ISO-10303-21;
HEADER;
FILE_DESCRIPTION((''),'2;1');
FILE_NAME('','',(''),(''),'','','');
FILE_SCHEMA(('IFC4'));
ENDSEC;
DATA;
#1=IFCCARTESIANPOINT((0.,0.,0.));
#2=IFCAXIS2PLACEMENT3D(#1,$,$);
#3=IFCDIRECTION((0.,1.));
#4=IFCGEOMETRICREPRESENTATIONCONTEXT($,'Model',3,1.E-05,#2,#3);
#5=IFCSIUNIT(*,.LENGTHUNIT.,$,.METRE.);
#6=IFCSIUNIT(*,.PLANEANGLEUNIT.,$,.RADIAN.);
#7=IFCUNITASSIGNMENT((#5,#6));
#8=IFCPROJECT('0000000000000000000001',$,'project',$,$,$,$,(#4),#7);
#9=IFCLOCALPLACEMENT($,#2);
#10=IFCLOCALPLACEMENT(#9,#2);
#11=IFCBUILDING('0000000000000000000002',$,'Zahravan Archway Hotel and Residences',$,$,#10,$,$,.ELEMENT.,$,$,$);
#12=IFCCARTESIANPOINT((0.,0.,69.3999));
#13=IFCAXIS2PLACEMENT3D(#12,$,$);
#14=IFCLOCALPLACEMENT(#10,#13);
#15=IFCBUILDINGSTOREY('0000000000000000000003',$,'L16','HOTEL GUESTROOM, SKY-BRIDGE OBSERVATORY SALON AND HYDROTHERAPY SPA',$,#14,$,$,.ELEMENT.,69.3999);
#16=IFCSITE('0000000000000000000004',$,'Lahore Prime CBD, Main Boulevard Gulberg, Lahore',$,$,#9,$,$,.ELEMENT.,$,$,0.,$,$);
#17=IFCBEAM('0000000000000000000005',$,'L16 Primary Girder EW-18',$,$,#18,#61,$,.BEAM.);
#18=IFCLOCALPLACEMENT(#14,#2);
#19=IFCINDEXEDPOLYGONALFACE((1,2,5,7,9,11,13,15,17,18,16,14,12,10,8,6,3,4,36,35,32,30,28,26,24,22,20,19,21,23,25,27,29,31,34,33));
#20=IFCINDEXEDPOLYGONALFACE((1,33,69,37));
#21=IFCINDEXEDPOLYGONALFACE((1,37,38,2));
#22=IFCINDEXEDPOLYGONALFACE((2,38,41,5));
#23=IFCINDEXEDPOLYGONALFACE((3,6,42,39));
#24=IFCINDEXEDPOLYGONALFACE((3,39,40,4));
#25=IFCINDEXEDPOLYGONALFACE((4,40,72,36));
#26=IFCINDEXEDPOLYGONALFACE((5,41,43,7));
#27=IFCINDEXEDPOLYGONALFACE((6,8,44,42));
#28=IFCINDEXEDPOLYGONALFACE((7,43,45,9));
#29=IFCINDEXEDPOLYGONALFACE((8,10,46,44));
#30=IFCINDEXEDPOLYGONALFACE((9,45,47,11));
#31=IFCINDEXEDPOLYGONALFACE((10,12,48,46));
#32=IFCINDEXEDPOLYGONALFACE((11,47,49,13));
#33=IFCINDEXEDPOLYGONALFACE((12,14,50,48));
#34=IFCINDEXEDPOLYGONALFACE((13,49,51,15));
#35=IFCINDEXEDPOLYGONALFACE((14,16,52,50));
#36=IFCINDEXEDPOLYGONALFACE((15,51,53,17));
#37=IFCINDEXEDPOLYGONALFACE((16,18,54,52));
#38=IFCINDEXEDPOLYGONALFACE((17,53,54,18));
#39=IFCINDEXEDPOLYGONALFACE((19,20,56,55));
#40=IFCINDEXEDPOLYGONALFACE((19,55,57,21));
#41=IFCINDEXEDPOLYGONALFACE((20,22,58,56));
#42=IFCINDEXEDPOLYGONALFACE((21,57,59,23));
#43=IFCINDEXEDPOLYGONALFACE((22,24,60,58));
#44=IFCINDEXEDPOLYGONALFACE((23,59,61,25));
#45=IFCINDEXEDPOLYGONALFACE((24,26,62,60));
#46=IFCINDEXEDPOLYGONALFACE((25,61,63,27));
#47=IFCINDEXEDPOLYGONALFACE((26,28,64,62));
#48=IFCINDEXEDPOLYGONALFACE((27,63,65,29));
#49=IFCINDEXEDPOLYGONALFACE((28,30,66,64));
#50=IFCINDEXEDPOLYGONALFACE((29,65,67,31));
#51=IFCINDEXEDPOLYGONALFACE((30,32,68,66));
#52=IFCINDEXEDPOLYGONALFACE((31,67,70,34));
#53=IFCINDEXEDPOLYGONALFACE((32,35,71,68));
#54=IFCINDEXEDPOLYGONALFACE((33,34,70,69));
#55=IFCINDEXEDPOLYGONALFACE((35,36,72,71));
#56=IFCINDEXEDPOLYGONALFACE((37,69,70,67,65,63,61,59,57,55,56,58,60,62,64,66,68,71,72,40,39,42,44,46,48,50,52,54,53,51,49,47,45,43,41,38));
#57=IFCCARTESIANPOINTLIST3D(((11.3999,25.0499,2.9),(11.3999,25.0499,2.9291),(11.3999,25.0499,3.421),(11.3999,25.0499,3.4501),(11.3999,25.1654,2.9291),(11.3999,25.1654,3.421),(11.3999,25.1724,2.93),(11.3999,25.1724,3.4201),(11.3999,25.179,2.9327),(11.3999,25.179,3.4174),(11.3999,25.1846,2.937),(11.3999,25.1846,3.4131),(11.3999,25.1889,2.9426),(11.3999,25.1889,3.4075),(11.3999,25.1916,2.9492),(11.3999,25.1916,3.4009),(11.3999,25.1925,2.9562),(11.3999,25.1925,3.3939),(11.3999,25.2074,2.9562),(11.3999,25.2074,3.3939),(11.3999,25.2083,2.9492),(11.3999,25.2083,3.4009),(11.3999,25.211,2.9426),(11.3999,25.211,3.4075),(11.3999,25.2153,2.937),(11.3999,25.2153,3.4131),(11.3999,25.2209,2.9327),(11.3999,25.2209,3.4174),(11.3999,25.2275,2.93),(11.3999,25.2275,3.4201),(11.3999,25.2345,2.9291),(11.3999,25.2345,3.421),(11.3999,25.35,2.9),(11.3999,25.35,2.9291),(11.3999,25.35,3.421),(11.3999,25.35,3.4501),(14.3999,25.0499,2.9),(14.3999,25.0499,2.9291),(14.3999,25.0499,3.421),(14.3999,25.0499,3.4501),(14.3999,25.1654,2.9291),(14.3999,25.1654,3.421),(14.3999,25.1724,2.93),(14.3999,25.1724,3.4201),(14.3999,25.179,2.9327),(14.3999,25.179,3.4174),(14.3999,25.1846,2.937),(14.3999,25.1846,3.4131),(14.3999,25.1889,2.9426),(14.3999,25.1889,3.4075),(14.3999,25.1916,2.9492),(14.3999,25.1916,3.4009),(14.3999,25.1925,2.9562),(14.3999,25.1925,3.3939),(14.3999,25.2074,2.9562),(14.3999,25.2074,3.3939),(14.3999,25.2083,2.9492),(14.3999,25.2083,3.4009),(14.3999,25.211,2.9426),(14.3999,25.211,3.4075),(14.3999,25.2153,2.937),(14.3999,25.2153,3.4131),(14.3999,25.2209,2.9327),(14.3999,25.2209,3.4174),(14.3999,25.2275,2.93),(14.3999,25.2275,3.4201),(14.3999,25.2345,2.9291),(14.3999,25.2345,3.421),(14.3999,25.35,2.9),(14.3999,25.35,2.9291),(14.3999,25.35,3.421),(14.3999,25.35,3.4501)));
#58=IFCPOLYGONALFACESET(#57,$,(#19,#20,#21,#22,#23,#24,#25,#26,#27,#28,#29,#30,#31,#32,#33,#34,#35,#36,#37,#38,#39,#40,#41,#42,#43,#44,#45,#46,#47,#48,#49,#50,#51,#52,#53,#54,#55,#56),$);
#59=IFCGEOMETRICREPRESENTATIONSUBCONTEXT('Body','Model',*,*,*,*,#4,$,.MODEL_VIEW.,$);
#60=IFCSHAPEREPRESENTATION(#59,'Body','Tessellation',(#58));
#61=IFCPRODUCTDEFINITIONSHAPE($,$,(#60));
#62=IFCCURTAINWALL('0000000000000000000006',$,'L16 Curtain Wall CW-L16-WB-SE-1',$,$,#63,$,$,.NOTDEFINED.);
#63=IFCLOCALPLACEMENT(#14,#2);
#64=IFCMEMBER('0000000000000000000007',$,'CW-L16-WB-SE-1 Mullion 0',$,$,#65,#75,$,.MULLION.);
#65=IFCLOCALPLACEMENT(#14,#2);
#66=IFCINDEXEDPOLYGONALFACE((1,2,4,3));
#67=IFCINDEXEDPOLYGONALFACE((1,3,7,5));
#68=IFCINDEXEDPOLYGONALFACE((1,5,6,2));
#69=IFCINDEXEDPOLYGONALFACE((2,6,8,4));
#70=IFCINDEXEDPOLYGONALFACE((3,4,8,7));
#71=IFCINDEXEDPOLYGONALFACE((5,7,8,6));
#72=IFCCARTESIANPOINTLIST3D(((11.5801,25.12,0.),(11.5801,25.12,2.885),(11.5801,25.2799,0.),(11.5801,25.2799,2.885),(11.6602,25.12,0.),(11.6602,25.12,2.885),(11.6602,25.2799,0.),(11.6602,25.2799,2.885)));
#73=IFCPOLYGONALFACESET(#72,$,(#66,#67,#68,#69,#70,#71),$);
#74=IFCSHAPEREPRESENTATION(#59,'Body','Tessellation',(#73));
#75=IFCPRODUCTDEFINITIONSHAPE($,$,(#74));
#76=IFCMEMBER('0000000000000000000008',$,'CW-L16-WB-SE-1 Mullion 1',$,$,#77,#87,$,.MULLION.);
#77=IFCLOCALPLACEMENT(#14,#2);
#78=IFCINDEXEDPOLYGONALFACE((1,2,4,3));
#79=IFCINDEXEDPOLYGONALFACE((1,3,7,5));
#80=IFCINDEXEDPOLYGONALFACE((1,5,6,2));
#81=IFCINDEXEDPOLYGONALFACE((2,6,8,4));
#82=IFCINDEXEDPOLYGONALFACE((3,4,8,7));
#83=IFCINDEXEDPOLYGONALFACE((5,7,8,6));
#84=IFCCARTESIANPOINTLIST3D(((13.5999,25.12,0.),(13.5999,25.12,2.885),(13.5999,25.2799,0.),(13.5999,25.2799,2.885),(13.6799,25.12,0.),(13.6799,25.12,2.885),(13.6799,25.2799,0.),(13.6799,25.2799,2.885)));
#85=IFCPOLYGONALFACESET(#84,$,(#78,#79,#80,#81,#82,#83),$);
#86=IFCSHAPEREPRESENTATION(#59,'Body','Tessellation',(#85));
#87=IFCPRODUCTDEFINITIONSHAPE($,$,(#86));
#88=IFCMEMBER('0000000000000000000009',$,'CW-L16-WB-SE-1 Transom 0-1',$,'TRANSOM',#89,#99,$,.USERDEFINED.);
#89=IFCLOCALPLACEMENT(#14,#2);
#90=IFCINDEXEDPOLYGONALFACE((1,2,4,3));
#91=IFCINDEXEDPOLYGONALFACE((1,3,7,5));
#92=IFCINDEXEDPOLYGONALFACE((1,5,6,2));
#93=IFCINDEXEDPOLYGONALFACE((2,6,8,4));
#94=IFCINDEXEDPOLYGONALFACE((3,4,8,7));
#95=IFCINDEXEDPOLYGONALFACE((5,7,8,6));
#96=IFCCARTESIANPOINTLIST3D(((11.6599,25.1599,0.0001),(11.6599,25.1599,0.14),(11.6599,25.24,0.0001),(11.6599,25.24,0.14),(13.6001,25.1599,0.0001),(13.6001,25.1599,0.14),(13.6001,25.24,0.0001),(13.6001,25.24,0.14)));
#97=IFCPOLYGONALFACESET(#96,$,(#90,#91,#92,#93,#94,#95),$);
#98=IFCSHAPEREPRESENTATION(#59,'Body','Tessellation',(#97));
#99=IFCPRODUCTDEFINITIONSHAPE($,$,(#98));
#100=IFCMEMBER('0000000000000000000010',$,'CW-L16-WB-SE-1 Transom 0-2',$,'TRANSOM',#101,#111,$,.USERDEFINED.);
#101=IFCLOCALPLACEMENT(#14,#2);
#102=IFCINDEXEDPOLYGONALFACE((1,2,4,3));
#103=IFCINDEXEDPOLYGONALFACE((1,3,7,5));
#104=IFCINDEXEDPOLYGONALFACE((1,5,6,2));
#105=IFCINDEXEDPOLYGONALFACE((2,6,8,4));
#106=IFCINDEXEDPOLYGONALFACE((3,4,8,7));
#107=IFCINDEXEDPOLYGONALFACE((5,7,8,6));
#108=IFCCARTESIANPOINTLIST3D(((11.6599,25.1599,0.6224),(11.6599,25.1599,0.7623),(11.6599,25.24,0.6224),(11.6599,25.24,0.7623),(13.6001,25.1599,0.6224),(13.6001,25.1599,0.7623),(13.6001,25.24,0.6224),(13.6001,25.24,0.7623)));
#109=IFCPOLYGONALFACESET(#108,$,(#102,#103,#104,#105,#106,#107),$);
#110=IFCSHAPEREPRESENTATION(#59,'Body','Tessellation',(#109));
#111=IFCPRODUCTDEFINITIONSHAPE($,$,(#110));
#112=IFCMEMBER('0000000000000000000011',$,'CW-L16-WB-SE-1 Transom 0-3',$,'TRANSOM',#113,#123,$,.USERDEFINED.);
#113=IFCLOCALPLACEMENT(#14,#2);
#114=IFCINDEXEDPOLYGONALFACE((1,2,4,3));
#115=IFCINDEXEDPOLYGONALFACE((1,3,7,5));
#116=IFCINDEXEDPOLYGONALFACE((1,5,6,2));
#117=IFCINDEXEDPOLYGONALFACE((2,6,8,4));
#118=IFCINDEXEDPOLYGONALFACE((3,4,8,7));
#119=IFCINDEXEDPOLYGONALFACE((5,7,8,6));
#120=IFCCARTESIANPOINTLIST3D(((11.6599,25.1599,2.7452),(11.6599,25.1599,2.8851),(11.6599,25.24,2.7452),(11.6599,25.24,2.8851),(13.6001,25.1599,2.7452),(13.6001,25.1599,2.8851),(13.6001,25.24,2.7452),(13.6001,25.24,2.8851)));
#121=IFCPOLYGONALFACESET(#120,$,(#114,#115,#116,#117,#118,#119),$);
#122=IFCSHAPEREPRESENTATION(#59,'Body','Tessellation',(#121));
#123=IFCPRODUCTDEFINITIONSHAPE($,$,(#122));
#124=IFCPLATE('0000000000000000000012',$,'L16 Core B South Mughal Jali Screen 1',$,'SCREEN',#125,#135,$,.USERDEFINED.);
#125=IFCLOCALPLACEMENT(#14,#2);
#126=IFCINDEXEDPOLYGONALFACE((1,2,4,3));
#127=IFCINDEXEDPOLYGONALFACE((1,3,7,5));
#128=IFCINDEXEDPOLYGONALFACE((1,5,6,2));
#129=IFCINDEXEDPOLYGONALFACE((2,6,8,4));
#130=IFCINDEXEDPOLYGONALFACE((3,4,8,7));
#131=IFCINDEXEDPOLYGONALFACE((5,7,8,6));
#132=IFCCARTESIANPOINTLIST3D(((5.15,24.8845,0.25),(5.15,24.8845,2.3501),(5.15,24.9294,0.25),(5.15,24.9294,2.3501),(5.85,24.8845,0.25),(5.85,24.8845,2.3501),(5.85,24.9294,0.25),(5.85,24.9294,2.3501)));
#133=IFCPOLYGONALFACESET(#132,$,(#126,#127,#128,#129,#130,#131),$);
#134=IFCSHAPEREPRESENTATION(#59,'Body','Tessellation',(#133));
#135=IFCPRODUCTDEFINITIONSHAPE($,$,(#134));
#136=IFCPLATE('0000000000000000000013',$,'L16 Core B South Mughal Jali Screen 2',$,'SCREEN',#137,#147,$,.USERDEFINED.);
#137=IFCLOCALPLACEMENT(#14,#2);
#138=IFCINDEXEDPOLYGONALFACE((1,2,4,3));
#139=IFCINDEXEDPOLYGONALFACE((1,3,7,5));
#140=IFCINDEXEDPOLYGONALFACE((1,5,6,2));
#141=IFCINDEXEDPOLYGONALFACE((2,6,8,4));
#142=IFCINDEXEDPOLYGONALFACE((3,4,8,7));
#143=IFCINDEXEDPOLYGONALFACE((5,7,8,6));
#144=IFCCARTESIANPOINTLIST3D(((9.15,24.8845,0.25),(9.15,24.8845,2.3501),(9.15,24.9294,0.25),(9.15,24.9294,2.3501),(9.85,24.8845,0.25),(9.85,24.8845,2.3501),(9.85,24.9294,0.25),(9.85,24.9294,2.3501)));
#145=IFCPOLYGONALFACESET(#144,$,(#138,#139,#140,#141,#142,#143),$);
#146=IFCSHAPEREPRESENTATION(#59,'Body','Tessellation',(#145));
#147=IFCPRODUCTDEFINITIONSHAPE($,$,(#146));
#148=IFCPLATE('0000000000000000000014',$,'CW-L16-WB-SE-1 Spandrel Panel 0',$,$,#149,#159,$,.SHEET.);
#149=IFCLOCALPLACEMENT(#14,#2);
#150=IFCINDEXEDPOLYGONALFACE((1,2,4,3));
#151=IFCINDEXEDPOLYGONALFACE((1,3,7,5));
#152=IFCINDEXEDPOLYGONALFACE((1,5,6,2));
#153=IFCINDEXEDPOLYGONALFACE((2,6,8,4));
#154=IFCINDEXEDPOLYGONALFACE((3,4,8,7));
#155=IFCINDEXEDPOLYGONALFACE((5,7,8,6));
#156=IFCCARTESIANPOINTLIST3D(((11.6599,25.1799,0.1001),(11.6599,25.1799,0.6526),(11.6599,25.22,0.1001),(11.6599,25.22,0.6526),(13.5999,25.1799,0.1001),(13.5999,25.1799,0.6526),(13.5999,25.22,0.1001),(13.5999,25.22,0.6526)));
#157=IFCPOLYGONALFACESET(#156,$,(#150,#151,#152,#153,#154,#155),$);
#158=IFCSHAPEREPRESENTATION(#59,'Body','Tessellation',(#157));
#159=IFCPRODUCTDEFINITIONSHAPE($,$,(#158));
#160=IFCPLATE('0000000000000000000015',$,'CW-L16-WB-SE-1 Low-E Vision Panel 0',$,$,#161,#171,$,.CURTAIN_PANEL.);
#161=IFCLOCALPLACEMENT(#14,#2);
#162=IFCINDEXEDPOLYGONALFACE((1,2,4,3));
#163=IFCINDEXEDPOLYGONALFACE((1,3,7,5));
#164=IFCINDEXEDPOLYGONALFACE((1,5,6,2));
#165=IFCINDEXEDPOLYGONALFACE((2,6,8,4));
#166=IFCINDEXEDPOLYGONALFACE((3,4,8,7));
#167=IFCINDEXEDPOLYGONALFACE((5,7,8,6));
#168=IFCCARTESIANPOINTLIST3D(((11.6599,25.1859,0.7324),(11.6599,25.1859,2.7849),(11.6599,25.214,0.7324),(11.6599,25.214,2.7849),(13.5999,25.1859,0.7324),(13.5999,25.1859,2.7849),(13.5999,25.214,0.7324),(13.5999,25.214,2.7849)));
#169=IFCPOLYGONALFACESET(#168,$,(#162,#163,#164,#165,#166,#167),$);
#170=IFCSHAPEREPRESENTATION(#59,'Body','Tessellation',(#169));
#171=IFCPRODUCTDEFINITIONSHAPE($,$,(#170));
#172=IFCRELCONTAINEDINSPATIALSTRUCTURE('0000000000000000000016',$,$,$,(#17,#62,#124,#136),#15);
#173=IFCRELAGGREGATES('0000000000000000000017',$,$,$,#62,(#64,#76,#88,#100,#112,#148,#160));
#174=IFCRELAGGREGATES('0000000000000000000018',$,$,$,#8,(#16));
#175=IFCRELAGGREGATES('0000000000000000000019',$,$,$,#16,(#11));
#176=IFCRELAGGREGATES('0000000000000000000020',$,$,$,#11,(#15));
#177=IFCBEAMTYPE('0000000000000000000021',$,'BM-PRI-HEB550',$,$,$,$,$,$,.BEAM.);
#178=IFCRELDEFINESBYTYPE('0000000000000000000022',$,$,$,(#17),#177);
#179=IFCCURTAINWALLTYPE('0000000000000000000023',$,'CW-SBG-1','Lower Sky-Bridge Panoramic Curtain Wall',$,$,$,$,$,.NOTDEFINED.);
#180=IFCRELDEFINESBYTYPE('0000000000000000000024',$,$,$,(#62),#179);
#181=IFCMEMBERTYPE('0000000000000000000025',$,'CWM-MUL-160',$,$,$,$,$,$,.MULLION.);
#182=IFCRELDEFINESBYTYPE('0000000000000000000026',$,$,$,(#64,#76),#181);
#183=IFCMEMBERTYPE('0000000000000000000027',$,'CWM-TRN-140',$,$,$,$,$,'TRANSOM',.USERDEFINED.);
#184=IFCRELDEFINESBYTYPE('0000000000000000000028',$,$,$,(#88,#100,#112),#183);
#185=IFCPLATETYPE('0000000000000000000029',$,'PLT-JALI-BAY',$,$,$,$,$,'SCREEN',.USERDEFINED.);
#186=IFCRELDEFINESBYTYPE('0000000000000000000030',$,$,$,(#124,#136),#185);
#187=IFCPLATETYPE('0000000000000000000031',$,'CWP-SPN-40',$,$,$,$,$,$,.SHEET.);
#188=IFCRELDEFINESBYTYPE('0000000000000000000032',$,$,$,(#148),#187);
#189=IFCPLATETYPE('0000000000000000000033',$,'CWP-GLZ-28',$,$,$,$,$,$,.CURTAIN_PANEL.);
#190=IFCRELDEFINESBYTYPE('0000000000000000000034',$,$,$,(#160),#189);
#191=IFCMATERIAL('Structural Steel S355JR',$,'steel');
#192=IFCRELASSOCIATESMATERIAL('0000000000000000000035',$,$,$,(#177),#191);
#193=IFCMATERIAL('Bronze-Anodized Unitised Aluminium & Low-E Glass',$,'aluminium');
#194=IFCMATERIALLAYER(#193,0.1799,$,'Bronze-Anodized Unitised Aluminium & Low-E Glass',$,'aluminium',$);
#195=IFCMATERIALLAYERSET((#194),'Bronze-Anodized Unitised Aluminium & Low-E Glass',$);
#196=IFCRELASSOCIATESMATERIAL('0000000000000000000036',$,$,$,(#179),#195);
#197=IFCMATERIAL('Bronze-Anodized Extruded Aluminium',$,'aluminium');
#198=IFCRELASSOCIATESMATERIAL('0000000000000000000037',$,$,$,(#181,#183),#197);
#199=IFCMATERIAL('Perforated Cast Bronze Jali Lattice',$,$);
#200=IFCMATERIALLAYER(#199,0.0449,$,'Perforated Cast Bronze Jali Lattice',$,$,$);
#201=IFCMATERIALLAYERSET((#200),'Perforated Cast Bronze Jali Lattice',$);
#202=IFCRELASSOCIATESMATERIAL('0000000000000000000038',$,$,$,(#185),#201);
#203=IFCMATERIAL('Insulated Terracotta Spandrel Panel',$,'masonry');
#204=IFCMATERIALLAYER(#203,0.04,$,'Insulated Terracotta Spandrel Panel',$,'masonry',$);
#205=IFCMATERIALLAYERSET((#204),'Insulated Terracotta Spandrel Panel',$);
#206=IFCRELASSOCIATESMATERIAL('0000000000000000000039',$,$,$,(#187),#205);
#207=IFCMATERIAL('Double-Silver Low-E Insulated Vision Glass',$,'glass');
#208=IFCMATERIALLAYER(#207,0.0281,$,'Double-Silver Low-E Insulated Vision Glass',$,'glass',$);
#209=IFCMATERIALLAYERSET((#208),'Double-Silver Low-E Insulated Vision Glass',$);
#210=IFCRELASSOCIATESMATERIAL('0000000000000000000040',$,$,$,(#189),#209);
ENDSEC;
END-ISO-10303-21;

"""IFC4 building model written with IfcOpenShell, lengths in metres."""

from ifc_helpers import new_model, si_unit, direction, frame, origin, origin_2d, place, context, subcontext, project, spatial, rectangle, i_section, extrude, source, transform, mapped, material, layer, layer_set, material_profile, profile_set, type_object, type_shapes, element, aggregate, save


model = new_model("IFC4")

# Units and contexts
model_context = context("Model", 3, precision=1e-05, world=origin(), true_north=direction((0.0, 1.0)))
body_context = subcontext(model_context, "Body", "Model", "MODEL_VIEW")
ifc_project = project(units=[si_unit("LENGTHUNIT", "METRE"), si_unit("PLANEANGLEUNIT", "RADIAN")], contexts=[model_context])

# Site, building, storey
site_placement = place(None, origin())
site = spatial("IfcSite", under=ifc_project, at=site_placement, Name="Lahore Prime CBD, Main Boulevard Gulberg, Lahore", CompositionType="ELEMENT", RefElevation=0.0)
building_placement = place(site_placement, origin())
building = spatial("IfcBuilding", under=site, at=building_placement, Name="Zahravan Archway Hotel and Residences", CompositionType="ELEMENT")
storey_placement = place(building_placement, frame((0.0, 0.0, 69.3999)))
storey = spatial("IfcBuildingStorey", under=building, at=storey_placement, Name="L16", Description="HOTEL GUESTROOM, SKY-BRIDGE OBSERVATORY SALON AND HYDROTHERAPY SPA", CompositionType="ELEMENT", Elevation=69.3999)

# Beam
ifc_material_1 = material(Name="Structural Steel S355JR", Category="steel")
ifc_material_profile_1 = material_profile(ifc_material_1, i_section(OverallWidth=0.3, OverallDepth=0.55, WebThickness=0.0149, FlangeThickness=0.0291, FilletRadius=0.0271, at=origin_2d()), Name="HEB 550", Category="steel")
ifc_profile_set_1 = profile_set([ifc_material_profile_1], Name="Structural Steel S355JR")
beam_type = type_object("IfcBeamType", Name="BM-PRI-HEB550", PredefinedType="BEAM", material=ifc_profile_set_1)
shared_shape_1 = source(origin(), body_context, "Body", "SweptSolid", [
    extrude(i_section(OverallWidth=0.3, OverallDepth=0.55, WebThickness=0.0149, FlangeThickness=0.0291, FilletRadius=0.0271, at=origin_2d()), origin(), (0.0, 0.0, 1.0), 3.0),
])
beam_1_placement = place(storey_placement, frame((11.3999, 25.2, 3.175), z_axis=(1.0, 0.0, 0.0), x_axis=(0.0, 1.0, 0.0)))
element("IfcBeam", 1, at=beam_1_placement, inside=storey, type_object=beam_type, Name="L16 Primary Girder EW-18", PredefinedType="BEAM", context=body_context, shape_type="MappedRepresentation", body=[
    mapped(shared_shape_1, transform((0.0, 0.0, 0.0), scale=1.0)),
])

# Curtain wall, members
ifc_material_2 = material(Name="Bronze-Anodized Unitised Aluminium & Low-E Glass", Category="aluminium")
ifc_layer_1 = layer(ifc_material_2, 0.1799, Name="Bronze-Anodized Unitised Aluminium & Low-E Glass", Category="aluminium")
ifc_layer_set_1 = layer_set([ifc_layer_1], Name="Bronze-Anodized Unitised Aluminium & Low-E Glass")
curtain_wall_type = type_object("IfcCurtainWallType", Name="CW-SBG-1", Description="Lower Sky-Bridge Panoramic Curtain Wall", PredefinedType="NOTDEFINED", material=ifc_layer_set_1)
curtain_wall_placement = place(storey_placement, origin())
curtain_wall = element("IfcCurtainWall", 2, at=curtain_wall_placement, inside=storey, type_object=curtain_wall_type, Name="L16 Curtain Wall CW-L16-WB-SE-1", PredefinedType="NOTDEFINED")
ifc_material_3 = material(Name="Bronze-Anodized Extruded Aluminium", Category="aluminium")
ifc_material_profile_2 = material_profile(ifc_material_3, rectangle(XDim=0.0801, YDim=0.1599, at=origin_2d()), Name="MUL 80x160", Category="aluminium")
ifc_profile_set_2 = profile_set([ifc_material_profile_2], Name="Bronze-Anodized Extruded Aluminium")
member_type_1 = type_object("IfcMemberType", Name="CWM-MUL-160", PredefinedType="MULLION", material=ifc_profile_set_2)
shared_shape_2 = source(origin(), body_context, "Body", "SweptSolid", [
    extrude(rectangle(XDim=0.0801, YDim=0.1599, at=origin_2d()), origin(), (0.0, 0.0, 1.0), 2.885),
])
member_1_placement = place(storey_placement, frame((11.6201, 25.2, 0.0), z_axis=(0.0, 0.0, 1.0), x_axis=(1.0, 0.0, 0.0)))
member_1 = element("IfcMember", 3, at=member_1_placement, type_object=member_type_1, Name="CW-L16-WB-SE-1 Mullion 0", PredefinedType="MULLION", context=body_context, shape_type="MappedRepresentation", body=[
    mapped(shared_shape_2, transform((0.0, 0.0, 0.0), scale=1.0)),
])
member_2_placement = place(storey_placement, frame((13.6399, 25.2, 0.0), z_axis=(0.0, 0.0, 1.0), x_axis=(1.0, 0.0, 0.0)))
member_2 = element("IfcMember", 4, at=member_2_placement, type_object=member_type_1, Name="CW-L16-WB-SE-1 Mullion 1", PredefinedType="MULLION", context=body_context, shape_type="MappedRepresentation", body=[
    mapped(shared_shape_2, transform((0.0, 0.0, 0.0), scale=1.0)),
])
ifc_material_profile_3 = material_profile(ifc_material_3, rectangle(XDim=0.0801, YDim=0.1399, at=origin_2d()), Name="TRN 80x140", Category="aluminium")
ifc_profile_set_3 = profile_set([ifc_material_profile_3], Name="Bronze-Anodized Extruded Aluminium")
member_type_2 = type_object("IfcMemberType", Name="CWM-TRN-140", ElementType="TRANSOM", PredefinedType="USERDEFINED", material=ifc_profile_set_3)
shared_shape_3 = source(origin(), body_context, "Body", "SweptSolid", [
    extrude(rectangle(XDim=0.0801, YDim=0.1399, at=origin_2d()), origin(), (0.0, 0.0, 1.0), 1.9402),
])
member_3_placement = place(storey_placement, frame((11.6599, 25.2, 0.0701), z_axis=(1.0, 0.0, 0.0), x_axis=(0.0, 1.0, 0.0)))
member_3 = element("IfcMember", 5, at=member_3_placement, type_object=member_type_2, Name="CW-L16-WB-SE-1 Transom 0-1", ObjectType="TRANSOM", PredefinedType="USERDEFINED", context=body_context, shape_type="MappedRepresentation", body=[
    mapped(shared_shape_3, transform((0.0, 0.0, 0.0), scale=1.0)),
])
member_4_placement = place(storey_placement, frame((11.6599, 25.2, 0.6924), z_axis=(1.0, 0.0, 0.0), x_axis=(0.0, 1.0, 0.0)))
member_4 = element("IfcMember", 6, at=member_4_placement, type_object=member_type_2, Name="CW-L16-WB-SE-1 Transom 0-2", ObjectType="TRANSOM", PredefinedType="USERDEFINED", context=body_context, shape_type="MappedRepresentation", body=[
    mapped(shared_shape_3, transform((0.0, 0.0, 0.0), scale=1.0)),
])
member_5_placement = place(storey_placement, frame((11.6599, 25.2, 2.8152), z_axis=(1.0, 0.0, 0.0), x_axis=(0.0, 1.0, 0.0)))
member_5 = element("IfcMember", 7, at=member_5_placement, type_object=member_type_2, Name="CW-L16-WB-SE-1 Transom 0-3", ObjectType="TRANSOM", PredefinedType="USERDEFINED", context=body_context, shape_type="MappedRepresentation", body=[
    mapped(shared_shape_3, transform((0.0, 0.0, 0.0), scale=1.0)),
])

# Plates
ifc_material_4 = material(Name="Perforated Cast Bronze Jali Lattice")
ifc_layer_2 = layer(ifc_material_4, 0.0449, Name="Perforated Cast Bronze Jali Lattice")
ifc_layer_set_2 = layer_set([ifc_layer_2], Name="Perforated Cast Bronze Jali Lattice")
plate_type_1 = type_object("IfcPlateType", Name="PLT-JALI-BAY", ElementType="SCREEN", PredefinedType="USERDEFINED", material=ifc_layer_set_2)
shared_shape_4 = source(origin(), body_context, "Body", "SweptSolid", [
    extrude(rectangle(XDim=0.7, YDim=0.0449, at=origin_2d()), origin(), (0.0, 0.0, 1.0), 2.1001),
])
type_shapes(plate_type_1, [shared_shape_4])
for number, where, z_axis, x_axis, name in (
    (8, (5.5, 24.907, 0.25), (0.0, 0.0, 1.0), (1.0, 0.0, 0.0), "L16 Core B South Mughal Jali Screen 1"),
    (9, (9.5, 24.907, 0.25), (0.0, 0.0, 1.0), (1.0, 0.0, 0.0), "L16 Core B South Mughal Jali Screen 2"),
):
    element("IfcPlate", number, at=place(storey_placement, frame(where, z_axis=z_axis, x_axis=x_axis)), inside=storey, type_object=plate_type_1, Name=name, ObjectType="SCREEN", PredefinedType="USERDEFINED", context=body_context, shape_type="MappedRepresentation", body=[
        mapped(shared_shape_4, transform((0.0, 0.0, 0.0), scale=1.0)),
    ])

# Plates
ifc_material_5 = material(Name="Insulated Terracotta Spandrel Panel", Category="masonry")
ifc_layer_3 = layer(ifc_material_5, 0.04, Name="Insulated Terracotta Spandrel Panel", Category="masonry")
ifc_layer_set_3 = layer_set([ifc_layer_3], Name="Insulated Terracotta Spandrel Panel")
plate_type_2 = type_object("IfcPlateType", Name="CWP-SPN-40", PredefinedType="SHEET", material=ifc_layer_set_3)
shared_shape_5 = source(origin(), body_context, "Body", "SweptSolid", [
    extrude(rectangle(XDim=1.9399, YDim=0.04, at=origin_2d()), origin(), (0.0, 0.0, 1.0), 0.5525),
])
plate_1_placement = place(storey_placement, frame((12.6299, 25.2, 0.1001), z_axis=(0.0, 0.0, 1.0), x_axis=(1.0, 0.0, 0.0)))
plate_1 = element("IfcPlate", 10, at=plate_1_placement, type_object=plate_type_2, Name="CW-L16-WB-SE-1 Spandrel Panel 0", PredefinedType="SHEET", context=body_context, shape_type="MappedRepresentation", body=[
    mapped(shared_shape_5, transform((0.0, 0.0, 0.0), scale=1.0)),
])
ifc_material_6 = material(Name="Double-Silver Low-E Insulated Vision Glass", Category="glass")
ifc_layer_4 = layer(ifc_material_6, 0.0281, Name="Double-Silver Low-E Insulated Vision Glass", Category="glass")
ifc_layer_set_4 = layer_set([ifc_layer_4], Name="Double-Silver Low-E Insulated Vision Glass")
plate_type_3 = type_object("IfcPlateType", Name="CWP-GLZ-28", PredefinedType="CURTAIN_PANEL", material=ifc_layer_set_4)
shared_shape_6 = source(origin(), body_context, "Body", "SweptSolid", [
    extrude(rectangle(XDim=1.9399, YDim=0.0281, at=origin_2d()), origin(), (0.0, 0.0, 1.0), 2.0525),
])
plate_2_placement = place(storey_placement, frame((12.6299, 25.2, 0.7324), z_axis=(0.0, 0.0, 1.0), x_axis=(1.0, 0.0, 0.0)))
plate_2 = element("IfcPlate", 11, at=plate_2_placement, type_object=plate_type_3, Name="CW-L16-WB-SE-1 Low-E Vision Panel 0", PredefinedType="CURTAIN_PANEL", context=body_context, shape_type="MappedRepresentation", body=[
    mapped(shared_shape_6, transform((0.0, 0.0, 0.0), scale=1.0)),
])
aggregate(curtain_wall, [member_1, member_2, member_3, member_4, member_5, plate_1, plate_2])

save(model, "model.ifc")
